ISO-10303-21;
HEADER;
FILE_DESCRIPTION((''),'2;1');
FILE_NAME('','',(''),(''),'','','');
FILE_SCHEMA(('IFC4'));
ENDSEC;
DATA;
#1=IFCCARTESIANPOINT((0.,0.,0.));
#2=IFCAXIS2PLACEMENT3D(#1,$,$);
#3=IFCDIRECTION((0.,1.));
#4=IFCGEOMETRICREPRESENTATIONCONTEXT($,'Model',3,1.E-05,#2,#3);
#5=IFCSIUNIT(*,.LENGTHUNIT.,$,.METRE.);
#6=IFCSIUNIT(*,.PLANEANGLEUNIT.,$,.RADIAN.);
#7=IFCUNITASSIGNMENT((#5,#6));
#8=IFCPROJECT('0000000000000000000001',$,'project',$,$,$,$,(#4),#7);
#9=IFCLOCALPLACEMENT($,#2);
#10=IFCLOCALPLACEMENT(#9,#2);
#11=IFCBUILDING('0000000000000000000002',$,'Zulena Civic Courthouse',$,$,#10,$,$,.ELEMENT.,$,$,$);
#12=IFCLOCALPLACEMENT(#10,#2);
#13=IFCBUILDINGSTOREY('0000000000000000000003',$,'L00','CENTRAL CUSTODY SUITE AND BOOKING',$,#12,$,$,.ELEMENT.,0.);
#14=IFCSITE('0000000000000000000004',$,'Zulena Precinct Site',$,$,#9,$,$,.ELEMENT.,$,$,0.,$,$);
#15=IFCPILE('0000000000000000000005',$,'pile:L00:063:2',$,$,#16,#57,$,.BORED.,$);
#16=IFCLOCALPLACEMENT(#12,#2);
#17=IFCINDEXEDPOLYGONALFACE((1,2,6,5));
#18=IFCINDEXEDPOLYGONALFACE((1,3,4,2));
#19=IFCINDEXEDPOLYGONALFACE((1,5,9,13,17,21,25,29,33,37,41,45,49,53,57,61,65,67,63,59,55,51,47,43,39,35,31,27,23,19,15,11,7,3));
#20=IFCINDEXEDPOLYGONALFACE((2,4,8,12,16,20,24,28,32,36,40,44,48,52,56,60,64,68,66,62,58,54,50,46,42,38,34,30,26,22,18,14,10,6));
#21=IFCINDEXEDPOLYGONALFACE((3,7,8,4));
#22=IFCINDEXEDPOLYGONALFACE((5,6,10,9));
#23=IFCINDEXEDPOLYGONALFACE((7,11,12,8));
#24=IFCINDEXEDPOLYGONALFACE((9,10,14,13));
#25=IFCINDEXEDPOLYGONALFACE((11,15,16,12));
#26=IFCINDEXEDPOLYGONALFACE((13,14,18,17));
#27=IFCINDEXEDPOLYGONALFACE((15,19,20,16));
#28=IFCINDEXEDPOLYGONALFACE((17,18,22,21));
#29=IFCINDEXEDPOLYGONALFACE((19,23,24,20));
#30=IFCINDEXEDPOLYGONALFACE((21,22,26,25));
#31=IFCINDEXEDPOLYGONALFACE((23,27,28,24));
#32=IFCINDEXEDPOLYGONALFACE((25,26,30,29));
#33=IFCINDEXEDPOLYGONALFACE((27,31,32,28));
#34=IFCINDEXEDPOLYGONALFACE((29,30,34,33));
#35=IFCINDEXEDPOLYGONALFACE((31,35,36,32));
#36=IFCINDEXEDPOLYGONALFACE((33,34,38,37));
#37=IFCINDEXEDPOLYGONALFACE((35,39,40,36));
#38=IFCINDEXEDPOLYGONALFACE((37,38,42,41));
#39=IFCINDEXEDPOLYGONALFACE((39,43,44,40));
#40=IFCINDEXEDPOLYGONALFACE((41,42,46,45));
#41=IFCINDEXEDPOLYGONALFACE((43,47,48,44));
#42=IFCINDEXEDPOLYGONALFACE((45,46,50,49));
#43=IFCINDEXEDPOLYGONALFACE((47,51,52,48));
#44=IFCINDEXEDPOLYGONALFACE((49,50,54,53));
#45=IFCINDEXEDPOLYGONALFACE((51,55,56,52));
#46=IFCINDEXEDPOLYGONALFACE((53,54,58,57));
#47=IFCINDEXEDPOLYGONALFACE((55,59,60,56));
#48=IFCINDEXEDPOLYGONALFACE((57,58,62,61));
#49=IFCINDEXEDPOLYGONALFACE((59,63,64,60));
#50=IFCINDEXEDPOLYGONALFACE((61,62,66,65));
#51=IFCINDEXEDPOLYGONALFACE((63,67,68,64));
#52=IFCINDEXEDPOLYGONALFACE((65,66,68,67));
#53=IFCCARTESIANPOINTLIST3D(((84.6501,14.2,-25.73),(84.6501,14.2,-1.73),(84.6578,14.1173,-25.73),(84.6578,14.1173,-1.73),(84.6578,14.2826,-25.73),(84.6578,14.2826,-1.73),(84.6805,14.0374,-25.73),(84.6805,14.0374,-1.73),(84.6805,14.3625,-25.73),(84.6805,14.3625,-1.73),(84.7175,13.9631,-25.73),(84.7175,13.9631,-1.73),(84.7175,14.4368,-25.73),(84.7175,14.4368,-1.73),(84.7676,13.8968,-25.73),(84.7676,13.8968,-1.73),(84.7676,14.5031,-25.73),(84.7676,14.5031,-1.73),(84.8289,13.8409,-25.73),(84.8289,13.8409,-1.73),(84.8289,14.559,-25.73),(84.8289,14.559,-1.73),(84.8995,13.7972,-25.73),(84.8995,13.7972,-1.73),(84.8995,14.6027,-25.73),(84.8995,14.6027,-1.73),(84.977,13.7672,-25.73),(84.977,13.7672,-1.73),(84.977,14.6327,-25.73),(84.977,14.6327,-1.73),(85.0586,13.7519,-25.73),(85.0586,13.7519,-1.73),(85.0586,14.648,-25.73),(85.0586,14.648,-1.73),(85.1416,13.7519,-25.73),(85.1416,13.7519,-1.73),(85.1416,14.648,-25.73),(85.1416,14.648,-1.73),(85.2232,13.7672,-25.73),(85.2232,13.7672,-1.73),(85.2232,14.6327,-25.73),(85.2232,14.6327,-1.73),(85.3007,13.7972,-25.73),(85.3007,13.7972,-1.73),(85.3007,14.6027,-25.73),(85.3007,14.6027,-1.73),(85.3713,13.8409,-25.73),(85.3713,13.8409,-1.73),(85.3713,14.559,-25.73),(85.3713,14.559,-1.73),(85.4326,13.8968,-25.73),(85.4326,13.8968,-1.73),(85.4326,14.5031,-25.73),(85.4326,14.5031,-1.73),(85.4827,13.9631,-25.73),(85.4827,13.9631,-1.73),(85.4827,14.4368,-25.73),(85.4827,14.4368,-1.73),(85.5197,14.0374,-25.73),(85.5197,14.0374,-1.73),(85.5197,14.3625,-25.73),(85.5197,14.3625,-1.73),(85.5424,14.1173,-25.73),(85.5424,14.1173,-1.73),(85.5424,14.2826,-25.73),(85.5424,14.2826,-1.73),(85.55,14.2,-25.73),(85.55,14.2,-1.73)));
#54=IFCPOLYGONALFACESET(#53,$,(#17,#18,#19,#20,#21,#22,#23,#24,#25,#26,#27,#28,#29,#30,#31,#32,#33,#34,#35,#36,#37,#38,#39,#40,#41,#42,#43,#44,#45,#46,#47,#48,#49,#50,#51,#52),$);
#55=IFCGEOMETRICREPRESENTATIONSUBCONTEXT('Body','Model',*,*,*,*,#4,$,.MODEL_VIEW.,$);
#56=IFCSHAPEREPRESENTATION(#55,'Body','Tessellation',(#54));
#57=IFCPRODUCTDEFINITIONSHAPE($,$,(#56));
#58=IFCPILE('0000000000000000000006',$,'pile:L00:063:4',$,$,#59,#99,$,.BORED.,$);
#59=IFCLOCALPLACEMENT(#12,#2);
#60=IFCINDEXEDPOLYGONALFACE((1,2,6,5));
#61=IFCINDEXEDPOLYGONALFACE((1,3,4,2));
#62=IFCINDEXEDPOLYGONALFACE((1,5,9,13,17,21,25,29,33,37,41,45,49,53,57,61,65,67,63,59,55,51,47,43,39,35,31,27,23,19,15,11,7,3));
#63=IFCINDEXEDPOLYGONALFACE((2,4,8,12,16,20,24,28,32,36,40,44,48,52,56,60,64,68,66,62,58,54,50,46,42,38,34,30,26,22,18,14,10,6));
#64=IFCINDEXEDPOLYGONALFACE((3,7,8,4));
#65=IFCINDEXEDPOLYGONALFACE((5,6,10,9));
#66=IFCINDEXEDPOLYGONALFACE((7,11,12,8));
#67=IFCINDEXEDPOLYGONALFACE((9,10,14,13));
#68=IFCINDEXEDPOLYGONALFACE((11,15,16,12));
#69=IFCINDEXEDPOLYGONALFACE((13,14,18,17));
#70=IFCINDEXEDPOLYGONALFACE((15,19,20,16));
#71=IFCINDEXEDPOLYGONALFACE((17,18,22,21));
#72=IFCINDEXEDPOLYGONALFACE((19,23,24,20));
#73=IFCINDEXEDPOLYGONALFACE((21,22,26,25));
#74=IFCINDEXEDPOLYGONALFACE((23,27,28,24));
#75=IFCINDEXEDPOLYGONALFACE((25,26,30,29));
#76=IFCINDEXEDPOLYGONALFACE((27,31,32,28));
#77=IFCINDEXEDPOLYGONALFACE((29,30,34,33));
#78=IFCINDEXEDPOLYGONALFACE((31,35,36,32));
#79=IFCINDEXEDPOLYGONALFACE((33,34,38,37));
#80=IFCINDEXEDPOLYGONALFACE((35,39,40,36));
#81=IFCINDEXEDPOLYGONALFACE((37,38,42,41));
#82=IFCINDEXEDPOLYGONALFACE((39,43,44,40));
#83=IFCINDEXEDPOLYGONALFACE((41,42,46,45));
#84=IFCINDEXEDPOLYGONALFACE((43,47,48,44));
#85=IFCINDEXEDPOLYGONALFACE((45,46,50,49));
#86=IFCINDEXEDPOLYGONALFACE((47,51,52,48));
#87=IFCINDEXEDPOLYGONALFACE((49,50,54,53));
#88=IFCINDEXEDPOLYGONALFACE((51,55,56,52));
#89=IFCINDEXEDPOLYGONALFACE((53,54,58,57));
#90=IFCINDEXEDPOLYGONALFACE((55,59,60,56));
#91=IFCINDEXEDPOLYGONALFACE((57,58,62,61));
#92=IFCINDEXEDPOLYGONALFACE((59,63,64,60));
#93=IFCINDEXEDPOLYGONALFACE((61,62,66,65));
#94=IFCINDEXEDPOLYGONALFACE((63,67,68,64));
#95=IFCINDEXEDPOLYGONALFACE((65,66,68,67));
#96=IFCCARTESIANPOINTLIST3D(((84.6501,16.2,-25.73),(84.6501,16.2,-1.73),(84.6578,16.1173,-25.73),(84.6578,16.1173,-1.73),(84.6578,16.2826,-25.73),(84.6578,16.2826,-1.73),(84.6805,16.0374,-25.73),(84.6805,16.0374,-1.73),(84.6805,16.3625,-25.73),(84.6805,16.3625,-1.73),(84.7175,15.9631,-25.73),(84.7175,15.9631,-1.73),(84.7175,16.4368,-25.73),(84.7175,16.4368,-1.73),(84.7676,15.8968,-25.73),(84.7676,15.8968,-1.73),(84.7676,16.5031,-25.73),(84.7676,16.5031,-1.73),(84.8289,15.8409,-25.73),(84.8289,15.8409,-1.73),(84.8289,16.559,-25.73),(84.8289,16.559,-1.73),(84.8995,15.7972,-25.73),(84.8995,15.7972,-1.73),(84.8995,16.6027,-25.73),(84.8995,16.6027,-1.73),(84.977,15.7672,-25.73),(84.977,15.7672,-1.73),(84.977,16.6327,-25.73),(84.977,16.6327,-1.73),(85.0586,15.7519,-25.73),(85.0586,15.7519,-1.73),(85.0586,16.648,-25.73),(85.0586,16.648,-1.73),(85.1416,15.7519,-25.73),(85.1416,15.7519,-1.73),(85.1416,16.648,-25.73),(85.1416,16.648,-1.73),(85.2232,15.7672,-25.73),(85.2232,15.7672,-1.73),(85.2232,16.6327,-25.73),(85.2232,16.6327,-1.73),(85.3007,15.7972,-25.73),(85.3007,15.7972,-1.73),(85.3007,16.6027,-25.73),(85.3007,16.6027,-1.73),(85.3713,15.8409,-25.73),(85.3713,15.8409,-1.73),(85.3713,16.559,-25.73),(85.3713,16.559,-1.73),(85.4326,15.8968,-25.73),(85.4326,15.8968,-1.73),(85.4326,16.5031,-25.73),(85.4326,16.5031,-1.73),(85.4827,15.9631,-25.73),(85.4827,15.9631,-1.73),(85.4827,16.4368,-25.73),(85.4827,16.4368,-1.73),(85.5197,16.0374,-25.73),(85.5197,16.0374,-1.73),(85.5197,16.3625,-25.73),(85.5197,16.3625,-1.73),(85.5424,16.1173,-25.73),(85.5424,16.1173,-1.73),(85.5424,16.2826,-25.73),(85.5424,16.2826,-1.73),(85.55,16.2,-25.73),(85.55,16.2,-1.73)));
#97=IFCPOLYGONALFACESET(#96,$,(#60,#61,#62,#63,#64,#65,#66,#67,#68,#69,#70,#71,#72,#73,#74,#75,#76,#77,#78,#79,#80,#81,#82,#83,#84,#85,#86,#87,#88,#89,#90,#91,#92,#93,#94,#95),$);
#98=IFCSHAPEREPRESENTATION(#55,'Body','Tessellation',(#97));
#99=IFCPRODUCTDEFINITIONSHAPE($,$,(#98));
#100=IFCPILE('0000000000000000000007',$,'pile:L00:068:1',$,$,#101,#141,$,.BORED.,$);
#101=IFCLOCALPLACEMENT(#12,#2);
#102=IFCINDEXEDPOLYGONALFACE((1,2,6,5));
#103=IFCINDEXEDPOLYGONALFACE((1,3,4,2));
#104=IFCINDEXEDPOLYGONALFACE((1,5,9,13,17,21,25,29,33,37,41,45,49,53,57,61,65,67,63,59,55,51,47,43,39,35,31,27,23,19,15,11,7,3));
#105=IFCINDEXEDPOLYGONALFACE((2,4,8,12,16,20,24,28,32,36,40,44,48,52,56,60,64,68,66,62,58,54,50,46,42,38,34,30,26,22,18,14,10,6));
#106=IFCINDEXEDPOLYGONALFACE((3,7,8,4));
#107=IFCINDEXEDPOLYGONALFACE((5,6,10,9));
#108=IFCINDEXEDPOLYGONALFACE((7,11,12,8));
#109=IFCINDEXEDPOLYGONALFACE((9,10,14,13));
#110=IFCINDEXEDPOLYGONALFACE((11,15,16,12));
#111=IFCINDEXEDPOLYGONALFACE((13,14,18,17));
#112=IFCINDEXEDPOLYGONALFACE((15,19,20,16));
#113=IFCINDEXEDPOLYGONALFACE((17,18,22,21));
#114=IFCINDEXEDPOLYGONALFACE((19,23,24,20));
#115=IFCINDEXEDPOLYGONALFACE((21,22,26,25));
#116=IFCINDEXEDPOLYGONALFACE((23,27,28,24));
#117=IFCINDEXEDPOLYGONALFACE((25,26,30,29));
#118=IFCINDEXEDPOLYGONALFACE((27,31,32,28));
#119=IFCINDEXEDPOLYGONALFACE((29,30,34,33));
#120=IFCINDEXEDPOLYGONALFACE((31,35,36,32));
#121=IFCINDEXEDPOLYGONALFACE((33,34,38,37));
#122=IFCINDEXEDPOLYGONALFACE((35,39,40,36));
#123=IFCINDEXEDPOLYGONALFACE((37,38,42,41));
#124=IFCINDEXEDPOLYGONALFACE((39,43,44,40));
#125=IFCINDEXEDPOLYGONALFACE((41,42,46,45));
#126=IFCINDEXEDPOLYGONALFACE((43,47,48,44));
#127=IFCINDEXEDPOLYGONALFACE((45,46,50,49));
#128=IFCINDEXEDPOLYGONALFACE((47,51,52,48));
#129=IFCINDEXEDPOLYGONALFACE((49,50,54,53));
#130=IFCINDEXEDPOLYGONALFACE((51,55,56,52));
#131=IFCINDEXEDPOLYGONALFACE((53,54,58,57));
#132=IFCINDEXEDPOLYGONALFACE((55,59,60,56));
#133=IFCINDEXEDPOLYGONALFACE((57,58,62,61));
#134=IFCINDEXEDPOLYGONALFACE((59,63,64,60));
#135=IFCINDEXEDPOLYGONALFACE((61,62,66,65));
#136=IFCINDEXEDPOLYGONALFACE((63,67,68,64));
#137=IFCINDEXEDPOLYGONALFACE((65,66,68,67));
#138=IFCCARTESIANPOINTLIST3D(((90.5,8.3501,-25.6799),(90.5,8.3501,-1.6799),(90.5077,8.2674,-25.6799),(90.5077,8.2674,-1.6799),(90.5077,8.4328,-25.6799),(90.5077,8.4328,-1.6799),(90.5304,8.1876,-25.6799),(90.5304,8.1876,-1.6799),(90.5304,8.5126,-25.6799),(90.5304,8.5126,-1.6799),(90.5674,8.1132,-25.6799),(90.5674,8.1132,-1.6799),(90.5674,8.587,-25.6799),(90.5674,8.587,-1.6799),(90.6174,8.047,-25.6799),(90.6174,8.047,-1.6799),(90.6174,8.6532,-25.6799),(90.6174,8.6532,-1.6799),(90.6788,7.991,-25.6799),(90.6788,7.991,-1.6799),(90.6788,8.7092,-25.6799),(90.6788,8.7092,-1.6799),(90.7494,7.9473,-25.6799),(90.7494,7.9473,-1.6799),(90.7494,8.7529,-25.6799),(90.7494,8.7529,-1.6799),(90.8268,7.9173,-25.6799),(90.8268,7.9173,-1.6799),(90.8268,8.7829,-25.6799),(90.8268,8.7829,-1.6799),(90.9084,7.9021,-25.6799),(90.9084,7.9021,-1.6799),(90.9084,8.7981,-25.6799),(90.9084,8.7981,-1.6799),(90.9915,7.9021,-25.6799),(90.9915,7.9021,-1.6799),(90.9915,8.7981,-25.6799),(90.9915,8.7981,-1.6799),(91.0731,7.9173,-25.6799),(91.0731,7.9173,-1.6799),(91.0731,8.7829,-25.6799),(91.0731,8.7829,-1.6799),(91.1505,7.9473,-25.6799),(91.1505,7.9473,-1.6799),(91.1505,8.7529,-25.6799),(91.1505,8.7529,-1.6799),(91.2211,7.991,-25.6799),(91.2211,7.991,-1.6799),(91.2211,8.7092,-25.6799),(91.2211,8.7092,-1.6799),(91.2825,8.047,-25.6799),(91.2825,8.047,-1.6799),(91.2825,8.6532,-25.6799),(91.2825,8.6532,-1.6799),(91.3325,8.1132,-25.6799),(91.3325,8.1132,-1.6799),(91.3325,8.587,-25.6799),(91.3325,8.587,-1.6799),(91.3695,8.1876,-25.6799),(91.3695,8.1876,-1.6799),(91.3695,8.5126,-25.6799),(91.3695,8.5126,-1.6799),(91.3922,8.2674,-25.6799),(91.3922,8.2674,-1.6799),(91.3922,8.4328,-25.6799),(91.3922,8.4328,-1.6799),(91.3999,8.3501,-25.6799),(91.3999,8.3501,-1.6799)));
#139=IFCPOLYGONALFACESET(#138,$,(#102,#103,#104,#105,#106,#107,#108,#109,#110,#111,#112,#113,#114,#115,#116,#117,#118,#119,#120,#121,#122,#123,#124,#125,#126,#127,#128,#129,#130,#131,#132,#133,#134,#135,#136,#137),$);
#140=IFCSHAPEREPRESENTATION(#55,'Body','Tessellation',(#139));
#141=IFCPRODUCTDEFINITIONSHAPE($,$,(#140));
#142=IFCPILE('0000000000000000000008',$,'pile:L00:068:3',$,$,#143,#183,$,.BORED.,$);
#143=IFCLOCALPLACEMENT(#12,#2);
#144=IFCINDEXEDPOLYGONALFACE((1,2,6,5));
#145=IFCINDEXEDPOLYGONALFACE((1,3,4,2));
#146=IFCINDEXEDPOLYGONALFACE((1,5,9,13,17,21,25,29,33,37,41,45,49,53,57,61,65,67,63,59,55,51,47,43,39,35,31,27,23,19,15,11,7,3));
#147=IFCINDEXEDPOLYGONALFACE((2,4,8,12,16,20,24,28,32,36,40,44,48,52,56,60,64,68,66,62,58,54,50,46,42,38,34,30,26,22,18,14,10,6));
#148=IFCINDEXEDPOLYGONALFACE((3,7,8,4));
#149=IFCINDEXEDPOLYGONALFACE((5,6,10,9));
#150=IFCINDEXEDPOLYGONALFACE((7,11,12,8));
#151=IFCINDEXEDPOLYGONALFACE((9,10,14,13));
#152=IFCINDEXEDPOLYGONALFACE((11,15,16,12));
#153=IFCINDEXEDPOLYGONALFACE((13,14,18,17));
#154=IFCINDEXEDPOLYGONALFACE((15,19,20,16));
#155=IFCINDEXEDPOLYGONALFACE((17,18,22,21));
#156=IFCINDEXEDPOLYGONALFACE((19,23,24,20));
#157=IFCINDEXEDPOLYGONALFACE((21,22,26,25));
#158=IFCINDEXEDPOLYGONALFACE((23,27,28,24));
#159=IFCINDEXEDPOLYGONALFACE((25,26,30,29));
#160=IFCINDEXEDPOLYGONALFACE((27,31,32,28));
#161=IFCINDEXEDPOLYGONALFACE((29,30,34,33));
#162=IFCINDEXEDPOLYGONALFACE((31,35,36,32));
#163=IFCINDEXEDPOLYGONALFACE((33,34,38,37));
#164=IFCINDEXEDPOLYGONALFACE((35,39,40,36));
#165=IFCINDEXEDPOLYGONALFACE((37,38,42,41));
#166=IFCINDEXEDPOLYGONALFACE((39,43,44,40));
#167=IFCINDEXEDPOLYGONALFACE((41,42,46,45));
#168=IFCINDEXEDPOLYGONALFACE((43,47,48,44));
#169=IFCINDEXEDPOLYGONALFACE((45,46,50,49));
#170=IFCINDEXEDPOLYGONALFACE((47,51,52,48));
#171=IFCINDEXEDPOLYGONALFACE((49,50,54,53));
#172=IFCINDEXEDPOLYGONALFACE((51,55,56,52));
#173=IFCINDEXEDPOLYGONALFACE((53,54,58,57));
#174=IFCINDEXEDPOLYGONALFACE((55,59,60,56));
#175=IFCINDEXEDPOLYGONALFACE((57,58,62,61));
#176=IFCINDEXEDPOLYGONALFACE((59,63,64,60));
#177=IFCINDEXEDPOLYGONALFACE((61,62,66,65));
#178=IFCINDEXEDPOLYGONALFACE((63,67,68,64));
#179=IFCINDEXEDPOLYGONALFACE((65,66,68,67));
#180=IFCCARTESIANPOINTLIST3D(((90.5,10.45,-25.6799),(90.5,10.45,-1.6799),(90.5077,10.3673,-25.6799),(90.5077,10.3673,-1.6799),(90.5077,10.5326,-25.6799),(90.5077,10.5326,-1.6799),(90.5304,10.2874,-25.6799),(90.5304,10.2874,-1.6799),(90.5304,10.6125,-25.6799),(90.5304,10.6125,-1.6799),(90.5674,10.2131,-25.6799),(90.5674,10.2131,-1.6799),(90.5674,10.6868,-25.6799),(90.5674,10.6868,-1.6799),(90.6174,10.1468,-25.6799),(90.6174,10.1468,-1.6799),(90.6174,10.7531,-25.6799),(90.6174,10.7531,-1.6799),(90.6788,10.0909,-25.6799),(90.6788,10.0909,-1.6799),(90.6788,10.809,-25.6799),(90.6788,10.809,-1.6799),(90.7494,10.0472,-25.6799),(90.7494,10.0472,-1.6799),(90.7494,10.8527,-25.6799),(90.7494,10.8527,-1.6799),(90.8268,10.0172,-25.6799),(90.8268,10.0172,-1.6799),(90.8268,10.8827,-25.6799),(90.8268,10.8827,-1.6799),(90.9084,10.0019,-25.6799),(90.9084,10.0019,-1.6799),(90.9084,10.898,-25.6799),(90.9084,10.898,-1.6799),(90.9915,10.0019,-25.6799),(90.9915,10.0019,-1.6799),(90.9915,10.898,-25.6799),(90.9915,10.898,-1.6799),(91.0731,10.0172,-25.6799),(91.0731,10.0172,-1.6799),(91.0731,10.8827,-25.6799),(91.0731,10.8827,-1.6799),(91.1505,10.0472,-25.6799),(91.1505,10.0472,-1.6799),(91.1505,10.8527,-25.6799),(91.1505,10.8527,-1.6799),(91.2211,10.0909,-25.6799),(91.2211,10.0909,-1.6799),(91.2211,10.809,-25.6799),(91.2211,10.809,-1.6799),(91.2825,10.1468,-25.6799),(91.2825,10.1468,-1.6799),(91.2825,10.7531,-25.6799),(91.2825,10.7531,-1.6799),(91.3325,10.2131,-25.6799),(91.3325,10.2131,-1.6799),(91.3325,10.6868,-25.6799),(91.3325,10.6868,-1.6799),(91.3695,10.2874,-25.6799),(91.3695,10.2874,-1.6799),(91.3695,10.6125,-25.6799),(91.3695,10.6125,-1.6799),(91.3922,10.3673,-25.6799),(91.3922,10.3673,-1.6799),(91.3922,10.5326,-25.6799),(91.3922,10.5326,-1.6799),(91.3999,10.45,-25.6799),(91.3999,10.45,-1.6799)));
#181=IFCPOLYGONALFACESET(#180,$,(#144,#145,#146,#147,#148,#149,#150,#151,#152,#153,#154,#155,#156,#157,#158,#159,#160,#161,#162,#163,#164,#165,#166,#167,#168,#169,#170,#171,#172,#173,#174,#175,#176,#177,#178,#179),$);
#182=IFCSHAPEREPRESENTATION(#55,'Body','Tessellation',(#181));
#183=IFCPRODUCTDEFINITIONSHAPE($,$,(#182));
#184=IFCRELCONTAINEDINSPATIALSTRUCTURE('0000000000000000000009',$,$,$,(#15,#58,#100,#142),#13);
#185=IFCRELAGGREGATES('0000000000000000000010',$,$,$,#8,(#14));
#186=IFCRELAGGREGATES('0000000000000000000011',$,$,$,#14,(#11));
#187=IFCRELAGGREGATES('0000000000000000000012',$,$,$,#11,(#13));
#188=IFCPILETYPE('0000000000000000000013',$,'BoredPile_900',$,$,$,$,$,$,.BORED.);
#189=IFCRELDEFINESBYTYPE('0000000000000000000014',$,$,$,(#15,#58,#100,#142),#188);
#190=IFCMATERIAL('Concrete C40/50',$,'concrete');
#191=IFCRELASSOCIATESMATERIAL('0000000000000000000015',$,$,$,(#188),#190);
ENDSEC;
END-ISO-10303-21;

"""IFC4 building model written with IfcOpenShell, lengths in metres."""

from ifc_helpers import new_model, si_unit, direction, frame, origin, origin_2d, place, context, subcontext, project, spatial, circle, extrude, material, material_profile, profile_set, type_object, element, save


model = new_model("IFC4")

# Units and contexts
model_context = context("Model", 3, precision=1e-05, world=origin(), true_north=direction((0.0, 1.0)))
body_context = subcontext(model_context, "Body", "Model", "MODEL_VIEW")
ifc_project = project(units=[si_unit("LENGTHUNIT", "METRE"), si_unit("PLANEANGLEUNIT", "RADIAN")], contexts=[model_context])

# Site, building, storey
site_placement = place(None, origin())
site = spatial("IfcSite", under=ifc_project, at=site_placement, Name="Zulena Precinct Site", CompositionType="ELEMENT", RefElevation=0.0)
building_placement = place(site_placement, origin())
building = spatial("IfcBuilding", under=site, at=building_placement, Name="Zulena Civic Courthouse", CompositionType="ELEMENT")
storey_placement = place(building_placement, origin())
storey = spatial("IfcBuildingStorey", under=building, at=storey_placement, Name="L00", Description="CENTRAL CUSTODY SUITE AND BOOKING", CompositionType="ELEMENT", Elevation=0.0)

# Piles
ifc_material_1 = material(Name="Concrete C40/50", Category="concrete")
ifc_material_profile_1 = material_profile(ifc_material_1, circle(Radius=0.45, at=origin_2d()), Name="PILE900")
ifc_profile_set_1 = profile_set([ifc_material_profile_1], Name="Concrete C40/50")
pile_type_1 = type_object("IfcPileType", Name="BoredPile_900", PredefinedType="BORED", material=ifc_profile_set_1)
for number, where, z_axis, x_axis, name in (
    (1, (85.1001, 14.2, -1.73), (0.0, 0.0, -1.0), (1.0, 0.0, 0.0), "pile:L00:063:2"),
    (2, (85.1001, 16.2, -1.73), (0.0, 0.0, -1.0), (1.0, 0.0, 0.0), "pile:L00:063:4"),
    (3, (90.95, 8.3501, -1.6799), (0.0, 0.0, -1.0), (1.0, 0.0, 0.0), "pile:L00:068:1"),
    (4, (90.95, 10.45, -1.6799), (0.0, 0.0, -1.0), (1.0, 0.0, 0.0), "pile:L00:068:3"),
):
    element("IfcPile", number, at=place(storey_placement, frame(where, z_axis=z_axis, x_axis=x_axis)), inside=storey, type_object=pile_type_1, Name=name, PredefinedType="BORED", context=body_context, shape_type="SweptSolid", body=[
        extrude(circle(Radius=0.45, at=origin_2d()), origin(), (0.0, 0.0, 1.0), 24.0),
    ])

save(model, "model.ifc")
